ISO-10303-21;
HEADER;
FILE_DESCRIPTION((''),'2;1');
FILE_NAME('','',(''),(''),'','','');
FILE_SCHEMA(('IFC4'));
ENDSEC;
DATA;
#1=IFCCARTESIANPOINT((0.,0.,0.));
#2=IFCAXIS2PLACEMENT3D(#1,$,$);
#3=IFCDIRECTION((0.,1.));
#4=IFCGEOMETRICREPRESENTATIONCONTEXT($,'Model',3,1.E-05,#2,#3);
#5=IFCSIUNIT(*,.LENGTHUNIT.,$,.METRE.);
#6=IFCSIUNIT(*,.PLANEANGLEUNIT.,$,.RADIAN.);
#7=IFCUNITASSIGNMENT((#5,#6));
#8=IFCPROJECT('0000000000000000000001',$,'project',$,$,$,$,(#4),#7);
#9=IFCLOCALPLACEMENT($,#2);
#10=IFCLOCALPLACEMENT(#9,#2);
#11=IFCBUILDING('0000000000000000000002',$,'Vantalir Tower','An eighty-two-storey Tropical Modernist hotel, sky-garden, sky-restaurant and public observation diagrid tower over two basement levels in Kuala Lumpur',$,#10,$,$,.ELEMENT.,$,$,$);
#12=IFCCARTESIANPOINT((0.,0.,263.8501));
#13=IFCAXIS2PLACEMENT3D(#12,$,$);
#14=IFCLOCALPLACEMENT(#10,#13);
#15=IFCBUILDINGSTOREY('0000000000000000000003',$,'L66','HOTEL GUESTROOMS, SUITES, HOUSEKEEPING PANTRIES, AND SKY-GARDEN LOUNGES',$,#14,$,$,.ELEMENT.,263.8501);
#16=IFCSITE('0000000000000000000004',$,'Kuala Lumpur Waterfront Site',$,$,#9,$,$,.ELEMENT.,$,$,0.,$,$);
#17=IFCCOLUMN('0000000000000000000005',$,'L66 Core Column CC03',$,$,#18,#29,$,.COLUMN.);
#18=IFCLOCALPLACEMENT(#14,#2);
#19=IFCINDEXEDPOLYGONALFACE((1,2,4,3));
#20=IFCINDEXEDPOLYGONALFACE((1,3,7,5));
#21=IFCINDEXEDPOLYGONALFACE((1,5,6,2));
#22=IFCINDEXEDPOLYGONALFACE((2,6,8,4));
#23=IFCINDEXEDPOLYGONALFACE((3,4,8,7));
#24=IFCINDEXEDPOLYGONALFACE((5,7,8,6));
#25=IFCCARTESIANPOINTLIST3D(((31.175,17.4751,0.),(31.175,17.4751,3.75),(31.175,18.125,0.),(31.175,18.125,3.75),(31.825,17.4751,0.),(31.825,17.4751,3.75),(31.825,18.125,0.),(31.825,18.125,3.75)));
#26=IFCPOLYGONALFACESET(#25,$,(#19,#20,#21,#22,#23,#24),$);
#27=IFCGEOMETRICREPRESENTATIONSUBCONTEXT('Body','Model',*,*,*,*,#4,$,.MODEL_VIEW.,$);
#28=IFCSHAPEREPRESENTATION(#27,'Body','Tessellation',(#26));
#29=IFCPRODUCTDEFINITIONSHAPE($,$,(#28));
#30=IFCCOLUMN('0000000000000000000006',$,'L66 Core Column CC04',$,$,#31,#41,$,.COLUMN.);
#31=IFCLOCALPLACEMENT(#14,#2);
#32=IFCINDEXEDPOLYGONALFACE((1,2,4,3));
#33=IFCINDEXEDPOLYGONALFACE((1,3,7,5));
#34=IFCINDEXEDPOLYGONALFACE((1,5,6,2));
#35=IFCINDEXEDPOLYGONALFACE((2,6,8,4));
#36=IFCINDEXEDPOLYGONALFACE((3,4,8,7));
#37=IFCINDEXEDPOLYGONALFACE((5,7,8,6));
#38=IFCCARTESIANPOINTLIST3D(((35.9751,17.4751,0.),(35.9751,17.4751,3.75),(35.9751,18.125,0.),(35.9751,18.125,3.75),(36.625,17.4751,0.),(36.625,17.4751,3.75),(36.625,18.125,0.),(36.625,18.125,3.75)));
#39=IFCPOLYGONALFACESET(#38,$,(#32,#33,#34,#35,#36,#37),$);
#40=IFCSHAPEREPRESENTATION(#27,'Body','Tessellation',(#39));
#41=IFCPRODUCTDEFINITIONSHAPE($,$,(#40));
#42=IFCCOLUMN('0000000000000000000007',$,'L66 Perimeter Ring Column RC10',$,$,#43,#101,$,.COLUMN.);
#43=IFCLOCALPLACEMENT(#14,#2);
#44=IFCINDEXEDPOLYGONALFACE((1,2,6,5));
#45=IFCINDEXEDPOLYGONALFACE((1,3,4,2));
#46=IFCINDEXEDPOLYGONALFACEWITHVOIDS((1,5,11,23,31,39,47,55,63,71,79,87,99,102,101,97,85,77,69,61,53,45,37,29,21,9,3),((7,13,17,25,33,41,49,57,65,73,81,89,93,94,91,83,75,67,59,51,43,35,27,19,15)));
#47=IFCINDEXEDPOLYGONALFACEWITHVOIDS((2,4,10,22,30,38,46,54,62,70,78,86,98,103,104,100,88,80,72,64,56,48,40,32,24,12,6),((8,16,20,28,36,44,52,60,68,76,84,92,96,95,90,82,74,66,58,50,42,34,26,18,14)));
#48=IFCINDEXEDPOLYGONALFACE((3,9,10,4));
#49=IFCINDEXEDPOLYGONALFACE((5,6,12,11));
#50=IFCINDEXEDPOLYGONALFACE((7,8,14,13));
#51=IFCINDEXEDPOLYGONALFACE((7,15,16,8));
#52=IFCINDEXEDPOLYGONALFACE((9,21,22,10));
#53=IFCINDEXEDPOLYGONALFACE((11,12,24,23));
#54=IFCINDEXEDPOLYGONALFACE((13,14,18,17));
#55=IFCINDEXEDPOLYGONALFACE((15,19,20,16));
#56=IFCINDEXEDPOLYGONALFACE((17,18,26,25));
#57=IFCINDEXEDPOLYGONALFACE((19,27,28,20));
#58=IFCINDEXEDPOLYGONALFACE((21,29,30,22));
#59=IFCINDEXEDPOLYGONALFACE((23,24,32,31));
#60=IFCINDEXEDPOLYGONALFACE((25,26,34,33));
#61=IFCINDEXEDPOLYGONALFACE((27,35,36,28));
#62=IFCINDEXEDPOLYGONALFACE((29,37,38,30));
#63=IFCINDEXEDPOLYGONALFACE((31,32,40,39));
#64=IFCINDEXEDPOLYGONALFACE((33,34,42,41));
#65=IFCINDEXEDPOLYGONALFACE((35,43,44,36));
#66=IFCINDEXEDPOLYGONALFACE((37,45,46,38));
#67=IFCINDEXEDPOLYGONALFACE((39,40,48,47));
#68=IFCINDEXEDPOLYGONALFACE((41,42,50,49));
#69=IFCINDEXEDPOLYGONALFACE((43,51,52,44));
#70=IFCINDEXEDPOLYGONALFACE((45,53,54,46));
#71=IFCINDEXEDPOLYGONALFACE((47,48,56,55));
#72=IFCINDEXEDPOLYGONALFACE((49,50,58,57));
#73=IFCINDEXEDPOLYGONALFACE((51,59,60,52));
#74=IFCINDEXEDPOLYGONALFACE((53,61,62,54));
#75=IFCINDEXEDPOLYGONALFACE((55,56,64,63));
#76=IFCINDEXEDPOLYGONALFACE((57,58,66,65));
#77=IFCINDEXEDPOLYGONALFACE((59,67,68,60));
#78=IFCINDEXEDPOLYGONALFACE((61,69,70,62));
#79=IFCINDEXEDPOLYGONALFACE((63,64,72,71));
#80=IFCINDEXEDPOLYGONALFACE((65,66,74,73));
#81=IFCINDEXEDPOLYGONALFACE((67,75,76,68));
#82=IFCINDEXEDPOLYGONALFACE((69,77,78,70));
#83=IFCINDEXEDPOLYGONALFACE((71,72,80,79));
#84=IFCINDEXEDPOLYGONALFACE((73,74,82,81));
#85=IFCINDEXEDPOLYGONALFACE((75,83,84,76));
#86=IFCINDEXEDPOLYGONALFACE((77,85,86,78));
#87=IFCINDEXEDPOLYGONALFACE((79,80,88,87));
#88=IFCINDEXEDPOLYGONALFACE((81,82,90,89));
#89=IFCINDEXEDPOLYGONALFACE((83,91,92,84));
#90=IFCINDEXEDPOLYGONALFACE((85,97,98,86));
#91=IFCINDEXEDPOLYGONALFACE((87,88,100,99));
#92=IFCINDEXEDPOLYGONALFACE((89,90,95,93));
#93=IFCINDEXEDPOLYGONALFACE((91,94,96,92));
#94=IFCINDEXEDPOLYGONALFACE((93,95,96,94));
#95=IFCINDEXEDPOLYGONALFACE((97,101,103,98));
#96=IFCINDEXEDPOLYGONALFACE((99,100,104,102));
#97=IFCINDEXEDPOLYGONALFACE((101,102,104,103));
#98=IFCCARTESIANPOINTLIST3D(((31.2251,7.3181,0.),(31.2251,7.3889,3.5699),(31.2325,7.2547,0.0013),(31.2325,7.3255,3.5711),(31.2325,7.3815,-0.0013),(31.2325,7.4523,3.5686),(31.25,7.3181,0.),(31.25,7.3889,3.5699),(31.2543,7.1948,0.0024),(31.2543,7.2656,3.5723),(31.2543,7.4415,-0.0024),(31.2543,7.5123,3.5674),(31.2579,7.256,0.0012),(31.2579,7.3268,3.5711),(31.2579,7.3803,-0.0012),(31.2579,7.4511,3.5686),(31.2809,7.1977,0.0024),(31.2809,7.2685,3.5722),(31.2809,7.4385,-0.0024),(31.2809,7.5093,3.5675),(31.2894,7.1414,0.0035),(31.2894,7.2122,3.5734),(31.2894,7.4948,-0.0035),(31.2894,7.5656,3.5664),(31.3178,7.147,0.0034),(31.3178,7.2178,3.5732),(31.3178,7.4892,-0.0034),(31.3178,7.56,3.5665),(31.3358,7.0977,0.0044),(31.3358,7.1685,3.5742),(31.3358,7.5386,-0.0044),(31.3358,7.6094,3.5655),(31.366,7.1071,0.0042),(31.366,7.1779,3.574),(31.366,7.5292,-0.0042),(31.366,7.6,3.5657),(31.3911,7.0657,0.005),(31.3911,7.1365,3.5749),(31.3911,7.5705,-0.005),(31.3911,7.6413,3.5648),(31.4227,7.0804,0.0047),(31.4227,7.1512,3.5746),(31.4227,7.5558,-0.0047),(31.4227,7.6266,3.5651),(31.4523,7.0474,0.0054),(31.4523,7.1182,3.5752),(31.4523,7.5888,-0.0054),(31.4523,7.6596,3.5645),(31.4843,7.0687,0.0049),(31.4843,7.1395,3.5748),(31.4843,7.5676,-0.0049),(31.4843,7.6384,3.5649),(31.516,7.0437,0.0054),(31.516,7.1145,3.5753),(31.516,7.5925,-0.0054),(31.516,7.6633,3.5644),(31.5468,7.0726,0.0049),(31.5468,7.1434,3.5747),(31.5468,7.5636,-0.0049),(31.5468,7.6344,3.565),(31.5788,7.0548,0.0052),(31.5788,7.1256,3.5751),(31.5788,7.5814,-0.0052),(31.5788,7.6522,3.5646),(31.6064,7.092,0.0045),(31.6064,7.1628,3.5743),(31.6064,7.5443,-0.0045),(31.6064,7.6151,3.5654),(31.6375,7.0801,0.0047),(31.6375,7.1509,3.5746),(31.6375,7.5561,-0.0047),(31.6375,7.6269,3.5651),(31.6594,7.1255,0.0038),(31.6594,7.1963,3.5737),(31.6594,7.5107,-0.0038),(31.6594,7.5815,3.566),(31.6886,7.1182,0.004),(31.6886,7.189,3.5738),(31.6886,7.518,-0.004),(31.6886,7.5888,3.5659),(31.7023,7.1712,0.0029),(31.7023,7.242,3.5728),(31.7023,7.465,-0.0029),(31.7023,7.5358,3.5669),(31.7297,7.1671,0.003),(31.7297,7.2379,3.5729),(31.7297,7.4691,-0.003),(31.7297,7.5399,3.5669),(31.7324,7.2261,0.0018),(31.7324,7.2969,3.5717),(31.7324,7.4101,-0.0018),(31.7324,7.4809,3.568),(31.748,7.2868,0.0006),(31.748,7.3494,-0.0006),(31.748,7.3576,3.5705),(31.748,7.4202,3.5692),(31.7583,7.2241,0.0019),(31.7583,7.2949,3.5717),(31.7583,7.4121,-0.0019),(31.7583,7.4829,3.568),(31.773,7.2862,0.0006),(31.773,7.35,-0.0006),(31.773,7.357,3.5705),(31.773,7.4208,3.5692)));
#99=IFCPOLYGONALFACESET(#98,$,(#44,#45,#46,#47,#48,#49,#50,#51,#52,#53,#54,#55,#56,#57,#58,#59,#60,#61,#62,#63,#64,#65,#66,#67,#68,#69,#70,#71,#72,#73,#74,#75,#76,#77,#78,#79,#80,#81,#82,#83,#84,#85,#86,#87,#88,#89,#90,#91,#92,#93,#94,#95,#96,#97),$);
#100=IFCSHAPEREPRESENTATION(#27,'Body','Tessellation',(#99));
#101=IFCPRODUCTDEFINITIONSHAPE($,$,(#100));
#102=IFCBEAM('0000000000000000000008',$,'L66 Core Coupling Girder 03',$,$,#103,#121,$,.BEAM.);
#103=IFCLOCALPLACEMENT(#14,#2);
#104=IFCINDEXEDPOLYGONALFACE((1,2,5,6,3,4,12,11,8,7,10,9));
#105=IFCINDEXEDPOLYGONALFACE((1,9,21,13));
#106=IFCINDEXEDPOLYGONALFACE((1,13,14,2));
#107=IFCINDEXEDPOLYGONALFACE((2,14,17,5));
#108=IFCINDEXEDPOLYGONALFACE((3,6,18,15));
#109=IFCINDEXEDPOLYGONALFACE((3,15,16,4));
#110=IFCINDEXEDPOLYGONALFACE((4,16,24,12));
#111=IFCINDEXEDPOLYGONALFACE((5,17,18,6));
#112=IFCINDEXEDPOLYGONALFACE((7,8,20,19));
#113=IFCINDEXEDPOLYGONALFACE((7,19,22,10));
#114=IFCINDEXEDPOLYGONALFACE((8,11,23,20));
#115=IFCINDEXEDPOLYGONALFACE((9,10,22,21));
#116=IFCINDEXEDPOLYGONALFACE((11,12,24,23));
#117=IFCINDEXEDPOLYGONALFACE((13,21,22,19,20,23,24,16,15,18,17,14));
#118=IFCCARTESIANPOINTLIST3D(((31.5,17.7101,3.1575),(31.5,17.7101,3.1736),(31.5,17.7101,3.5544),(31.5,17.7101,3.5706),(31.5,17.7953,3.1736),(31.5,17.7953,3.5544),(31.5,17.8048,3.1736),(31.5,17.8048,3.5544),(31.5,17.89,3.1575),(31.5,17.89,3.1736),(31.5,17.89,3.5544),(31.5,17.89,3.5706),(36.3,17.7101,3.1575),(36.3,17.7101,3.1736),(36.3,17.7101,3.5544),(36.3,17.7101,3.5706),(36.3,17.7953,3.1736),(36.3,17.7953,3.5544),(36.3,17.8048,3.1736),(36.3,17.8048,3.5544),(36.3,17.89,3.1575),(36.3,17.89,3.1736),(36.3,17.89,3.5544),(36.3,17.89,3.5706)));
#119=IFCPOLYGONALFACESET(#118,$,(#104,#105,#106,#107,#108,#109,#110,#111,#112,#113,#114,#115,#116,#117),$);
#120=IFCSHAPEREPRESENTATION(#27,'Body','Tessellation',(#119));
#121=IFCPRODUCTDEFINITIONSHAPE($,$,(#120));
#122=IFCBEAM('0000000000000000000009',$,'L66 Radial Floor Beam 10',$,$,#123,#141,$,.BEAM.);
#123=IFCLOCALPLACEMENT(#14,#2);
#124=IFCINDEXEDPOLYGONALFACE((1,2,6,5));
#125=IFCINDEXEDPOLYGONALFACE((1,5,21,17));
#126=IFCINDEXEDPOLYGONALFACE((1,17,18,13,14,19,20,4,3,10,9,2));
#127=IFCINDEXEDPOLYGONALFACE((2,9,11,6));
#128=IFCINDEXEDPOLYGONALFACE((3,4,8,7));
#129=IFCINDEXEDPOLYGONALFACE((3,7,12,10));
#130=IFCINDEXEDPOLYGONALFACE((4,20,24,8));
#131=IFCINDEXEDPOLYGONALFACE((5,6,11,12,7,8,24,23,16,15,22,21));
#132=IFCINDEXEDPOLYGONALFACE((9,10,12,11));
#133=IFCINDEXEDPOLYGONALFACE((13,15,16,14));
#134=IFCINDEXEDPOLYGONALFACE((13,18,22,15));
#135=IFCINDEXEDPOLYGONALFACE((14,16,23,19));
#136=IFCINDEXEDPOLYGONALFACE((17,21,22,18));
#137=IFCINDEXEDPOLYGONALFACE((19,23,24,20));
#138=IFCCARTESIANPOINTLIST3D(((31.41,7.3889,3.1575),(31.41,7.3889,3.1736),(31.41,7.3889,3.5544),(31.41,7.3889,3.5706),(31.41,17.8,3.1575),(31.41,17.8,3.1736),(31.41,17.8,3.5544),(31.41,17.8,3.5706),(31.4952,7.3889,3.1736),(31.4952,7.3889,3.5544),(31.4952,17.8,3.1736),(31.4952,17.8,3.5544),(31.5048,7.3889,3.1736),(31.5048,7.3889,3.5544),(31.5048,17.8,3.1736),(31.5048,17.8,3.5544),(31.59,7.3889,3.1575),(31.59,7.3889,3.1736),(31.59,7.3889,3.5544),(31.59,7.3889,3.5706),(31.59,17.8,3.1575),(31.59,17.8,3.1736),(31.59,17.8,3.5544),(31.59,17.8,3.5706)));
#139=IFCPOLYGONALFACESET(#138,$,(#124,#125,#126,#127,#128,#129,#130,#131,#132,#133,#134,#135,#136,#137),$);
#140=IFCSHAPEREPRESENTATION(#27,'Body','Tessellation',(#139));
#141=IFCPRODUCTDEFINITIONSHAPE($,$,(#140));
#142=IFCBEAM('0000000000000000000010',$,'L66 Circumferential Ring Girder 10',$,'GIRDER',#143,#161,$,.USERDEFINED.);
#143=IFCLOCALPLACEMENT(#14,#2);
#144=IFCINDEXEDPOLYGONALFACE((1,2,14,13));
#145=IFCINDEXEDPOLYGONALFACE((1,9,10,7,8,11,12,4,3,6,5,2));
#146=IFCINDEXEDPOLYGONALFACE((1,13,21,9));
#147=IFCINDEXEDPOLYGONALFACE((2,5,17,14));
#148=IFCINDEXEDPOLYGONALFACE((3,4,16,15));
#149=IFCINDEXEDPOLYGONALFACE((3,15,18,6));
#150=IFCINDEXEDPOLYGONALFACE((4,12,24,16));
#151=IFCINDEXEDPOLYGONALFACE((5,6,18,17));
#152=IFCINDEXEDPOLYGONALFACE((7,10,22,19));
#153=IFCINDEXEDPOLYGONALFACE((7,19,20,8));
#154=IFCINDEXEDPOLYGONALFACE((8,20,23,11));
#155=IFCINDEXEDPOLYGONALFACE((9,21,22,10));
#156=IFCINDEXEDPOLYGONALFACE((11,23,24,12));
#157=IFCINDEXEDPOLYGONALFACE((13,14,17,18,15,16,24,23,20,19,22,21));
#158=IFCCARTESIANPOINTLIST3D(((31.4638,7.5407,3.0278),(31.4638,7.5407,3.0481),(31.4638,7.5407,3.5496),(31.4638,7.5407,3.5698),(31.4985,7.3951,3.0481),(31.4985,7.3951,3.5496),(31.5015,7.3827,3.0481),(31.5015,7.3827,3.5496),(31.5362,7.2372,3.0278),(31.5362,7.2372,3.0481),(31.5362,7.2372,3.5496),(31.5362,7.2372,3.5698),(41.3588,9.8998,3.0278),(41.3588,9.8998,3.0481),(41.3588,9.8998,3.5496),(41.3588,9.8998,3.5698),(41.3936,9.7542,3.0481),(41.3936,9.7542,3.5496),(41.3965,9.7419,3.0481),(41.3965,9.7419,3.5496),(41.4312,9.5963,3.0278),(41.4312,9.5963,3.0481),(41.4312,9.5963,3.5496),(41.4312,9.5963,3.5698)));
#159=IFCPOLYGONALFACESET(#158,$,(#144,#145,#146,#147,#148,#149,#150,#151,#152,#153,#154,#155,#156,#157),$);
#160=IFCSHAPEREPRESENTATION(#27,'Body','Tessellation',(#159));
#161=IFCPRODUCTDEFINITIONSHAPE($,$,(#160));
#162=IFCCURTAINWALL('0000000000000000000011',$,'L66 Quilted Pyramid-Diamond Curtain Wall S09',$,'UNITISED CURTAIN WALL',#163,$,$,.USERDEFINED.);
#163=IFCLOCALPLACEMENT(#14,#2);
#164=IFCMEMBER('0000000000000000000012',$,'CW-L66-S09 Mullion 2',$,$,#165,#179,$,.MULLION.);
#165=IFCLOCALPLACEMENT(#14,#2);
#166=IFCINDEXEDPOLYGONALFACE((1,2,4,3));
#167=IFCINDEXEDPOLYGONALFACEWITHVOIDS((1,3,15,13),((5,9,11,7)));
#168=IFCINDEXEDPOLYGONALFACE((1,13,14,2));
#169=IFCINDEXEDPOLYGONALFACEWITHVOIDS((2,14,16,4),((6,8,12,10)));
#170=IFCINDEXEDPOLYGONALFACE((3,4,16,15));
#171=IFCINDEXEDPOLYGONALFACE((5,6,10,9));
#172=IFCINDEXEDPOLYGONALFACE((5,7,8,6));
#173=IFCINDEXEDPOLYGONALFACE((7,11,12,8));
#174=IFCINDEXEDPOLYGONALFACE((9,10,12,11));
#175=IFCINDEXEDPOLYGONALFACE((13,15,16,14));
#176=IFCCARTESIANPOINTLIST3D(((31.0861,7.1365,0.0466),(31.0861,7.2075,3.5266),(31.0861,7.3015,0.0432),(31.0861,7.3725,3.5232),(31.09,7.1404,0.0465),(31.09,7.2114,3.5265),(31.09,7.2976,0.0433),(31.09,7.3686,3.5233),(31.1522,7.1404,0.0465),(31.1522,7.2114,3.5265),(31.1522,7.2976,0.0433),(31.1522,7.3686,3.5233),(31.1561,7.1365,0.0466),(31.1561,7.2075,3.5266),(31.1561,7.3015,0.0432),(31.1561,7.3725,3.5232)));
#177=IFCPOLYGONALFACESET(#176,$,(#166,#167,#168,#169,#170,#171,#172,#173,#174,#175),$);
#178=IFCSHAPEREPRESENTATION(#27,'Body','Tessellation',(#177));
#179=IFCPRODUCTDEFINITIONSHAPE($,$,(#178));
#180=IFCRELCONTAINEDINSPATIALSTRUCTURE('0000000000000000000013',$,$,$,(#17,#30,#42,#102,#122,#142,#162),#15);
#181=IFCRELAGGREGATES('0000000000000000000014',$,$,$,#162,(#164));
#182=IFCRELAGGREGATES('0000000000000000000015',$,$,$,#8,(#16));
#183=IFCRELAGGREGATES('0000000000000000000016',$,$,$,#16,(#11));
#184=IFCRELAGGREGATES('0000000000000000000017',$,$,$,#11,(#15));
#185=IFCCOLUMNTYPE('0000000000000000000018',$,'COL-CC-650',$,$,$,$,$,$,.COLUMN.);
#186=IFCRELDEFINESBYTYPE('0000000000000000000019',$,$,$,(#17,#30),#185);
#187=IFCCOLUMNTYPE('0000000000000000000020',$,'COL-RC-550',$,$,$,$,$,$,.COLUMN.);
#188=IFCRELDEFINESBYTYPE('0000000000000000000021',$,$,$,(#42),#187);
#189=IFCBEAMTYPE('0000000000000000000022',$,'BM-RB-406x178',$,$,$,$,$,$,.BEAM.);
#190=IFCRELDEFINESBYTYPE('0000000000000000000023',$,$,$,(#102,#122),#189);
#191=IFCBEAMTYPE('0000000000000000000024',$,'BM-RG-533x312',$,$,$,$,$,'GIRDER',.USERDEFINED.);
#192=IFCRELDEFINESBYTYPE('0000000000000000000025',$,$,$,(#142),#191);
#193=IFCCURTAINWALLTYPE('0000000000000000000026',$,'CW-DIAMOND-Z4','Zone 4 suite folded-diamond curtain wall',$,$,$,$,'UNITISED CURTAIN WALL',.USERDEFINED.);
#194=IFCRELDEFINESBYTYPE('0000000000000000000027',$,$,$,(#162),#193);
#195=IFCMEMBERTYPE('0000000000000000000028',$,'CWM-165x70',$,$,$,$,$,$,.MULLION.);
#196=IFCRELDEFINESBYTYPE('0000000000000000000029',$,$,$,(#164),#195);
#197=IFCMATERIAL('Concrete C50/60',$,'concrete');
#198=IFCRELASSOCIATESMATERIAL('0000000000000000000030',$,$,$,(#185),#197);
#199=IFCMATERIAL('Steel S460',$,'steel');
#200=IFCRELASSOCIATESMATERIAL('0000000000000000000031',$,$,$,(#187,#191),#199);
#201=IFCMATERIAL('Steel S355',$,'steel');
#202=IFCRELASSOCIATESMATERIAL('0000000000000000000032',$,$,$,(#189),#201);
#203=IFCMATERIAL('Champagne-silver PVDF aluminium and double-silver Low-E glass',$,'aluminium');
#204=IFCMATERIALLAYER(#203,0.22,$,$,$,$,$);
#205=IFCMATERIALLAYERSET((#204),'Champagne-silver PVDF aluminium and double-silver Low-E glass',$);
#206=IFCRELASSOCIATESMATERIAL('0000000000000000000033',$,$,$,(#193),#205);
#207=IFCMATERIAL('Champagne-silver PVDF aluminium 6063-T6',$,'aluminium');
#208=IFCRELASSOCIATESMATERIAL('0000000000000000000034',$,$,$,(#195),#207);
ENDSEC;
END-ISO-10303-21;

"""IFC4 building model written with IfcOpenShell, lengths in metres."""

from ifc_helpers import new_model, si_unit, direction, frame, origin, origin_2d, place, context, subcontext, project, spatial, rectangle, hollow_rectangle, hollow_circle, i_section, extrude, material, layer, layer_set, material_profile, profile_set, type_object, element, aggregate, save


model = new_model("IFC4")

# Units and contexts
model_context = context("Model", 3, precision=1e-05, world=origin(), true_north=direction((0.0, 1.0)))
body_context = subcontext(model_context, "Body", "Model", "MODEL_VIEW")
ifc_project = project(units=[si_unit("LENGTHUNIT", "METRE"), si_unit("PLANEANGLEUNIT", "RADIAN")], contexts=[model_context])

# Site, building, storey
site_placement = place(None, origin())
site = spatial("IfcSite", under=ifc_project, at=site_placement, Name="Kuala Lumpur Waterfront Site", CompositionType="ELEMENT", RefElevation=0.0)
building_placement = place(site_placement, origin())
building = spatial("IfcBuilding", under=site, at=building_placement, Name="Vantalir Tower", Description="An eighty-two-storey Tropical Modernist hotel, sky-garden, sky-restaurant and public observation diagrid tower over two basement levels in Kuala Lumpur", CompositionType="ELEMENT")
storey_placement = place(building_placement, frame((0.0, 0.0, 263.8501)))
storey = spatial("IfcBuildingStorey", under=building, at=storey_placement, Name="L66", Description="HOTEL GUESTROOMS, SUITES, HOUSEKEEPING PANTRIES, AND SKY-GARDEN LOUNGES", CompositionType="ELEMENT", Elevation=263.8501)

# Columns
ifc_material_1 = material(Name="Concrete C50/60", Category="concrete")
ifc_material_profile_1 = material_profile(ifc_material_1, rectangle(XDim=0.6499, YDim=0.6499, at=origin_2d()), Name="Concrete C50/60")
ifc_profile_set_1 = profile_set([ifc_material_profile_1], Name="Concrete C50/60")
column_type_1 = type_object("IfcColumnType", Name="COL-CC-650", PredefinedType="COLUMN", material=ifc_profile_set_1)
for number, where, z_axis, x_axis, name in (
    (1, (31.5, 17.8, 0.0), (0.0, 0.0, 1.0), (1.0, 0.0, 0.0), "L66 Core Column CC03"),
    (2, (36.3, 17.8, 0.0), (0.0, 0.0, 1.0), (1.0, 0.0, 0.0), "L66 Core Column CC04"),
):
    element("IfcColumn", number, at=place(storey_placement, frame(where, z_axis=z_axis, x_axis=x_axis)), inside=storey, type_object=column_type_1, Name=name, PredefinedType="COLUMN", context=body_context, shape_type="SweptSolid", body=[
        extrude(rectangle(XDim=0.6499, YDim=0.6499, at=origin_2d()), origin(), (0.0, 0.0, 1.0), 3.75),
    ])
ifc_material_2 = material(Name="Steel S460", Category="steel")
ifc_material_profile_2 = material_profile(ifc_material_2, hollow_circle(Radius=0.2749, WallThickness=0.0249, at=origin_2d()), Name="Steel S460")
ifc_profile_set_2 = profile_set([ifc_material_profile_2], Name="Steel S460")
column_type_2 = type_object("IfcColumnType", Name="COL-RC-550", PredefinedType="COLUMN", material=ifc_profile_set_2)
column_placement = place(storey_placement, frame((31.5, 7.3181, 0.0), z_axis=(0.0, 0.019829, 0.999803), x_axis=(-1.0, 0.0, 0.0)))
element("IfcColumn", 3, at=column_placement, inside=storey, type_object=column_type_2, Name="L66 Perimeter Ring Column RC10", PredefinedType="COLUMN", context=body_context, shape_type="SweptSolid", body=[
    extrude(hollow_circle(Radius=0.2749, WallThickness=0.0249, at=origin_2d()), origin(), (0.0, 0.0, 1.0), 3.5706),
])

# Beams
ifc_material_3 = material(Name="Steel S355", Category="steel")
ifc_material_profile_3 = material_profile(ifc_material_3, i_section(OverallWidth=0.1799, OverallDepth=0.4131, WebThickness=0.0095, FlangeThickness=0.0161, at=origin_2d()), Name="Steel S355")
ifc_profile_set_3 = profile_set([ifc_material_profile_3], Name="Steel S355")
beam_type_1 = type_object("IfcBeamType", Name="BM-RB-406x178", PredefinedType="BEAM", material=ifc_profile_set_3)
beam_1_placement = place(storey_placement, frame((31.5, 17.8, 3.364), z_axis=(1.0, 0.0, 0.0), x_axis=(0.0, 1.0, 0.0)))
element("IfcBeam", 4, at=beam_1_placement, inside=storey, type_object=beam_type_1, Name="L66 Core Coupling Girder 03", PredefinedType="BEAM", context=body_context, shape_type="SweptSolid", body=[
    extrude(i_section(OverallWidth=0.1799, OverallDepth=0.4131, WebThickness=0.0095, FlangeThickness=0.0161, at=origin_2d()), origin(), (0.0, 0.0, 1.0), 4.8),
])
beam_2_placement = place(storey_placement, frame((31.5, 7.3889, 3.364), z_axis=(0.0, 1.0, 0.0), x_axis=(-1.0, 0.0, 0.0)))
element("IfcBeam", 5, at=beam_2_placement, inside=storey, type_object=beam_type_1, Name="L66 Radial Floor Beam 10", PredefinedType="BEAM", context=body_context, shape_type="SweptSolid", body=[
    extrude(i_section(OverallWidth=0.1799, OverallDepth=0.4131, WebThickness=0.0095, FlangeThickness=0.0161, at=origin_2d()), origin(), (0.0, 0.0, 1.0), 10.4111),
])
ifc_material_profile_4 = material_profile(ifc_material_2, i_section(OverallWidth=0.312, OverallDepth=0.542, WebThickness=0.0127, FlangeThickness=0.0203, at=origin_2d()), Name="Steel S460")
ifc_profile_set_4 = profile_set([ifc_material_profile_4], Name="Steel S460")
beam_type_2 = type_object("IfcBeamType", Name="BM-RG-533x312", ElementType="GIRDER", PredefinedType="USERDEFINED", material=ifc_profile_set_4)
beam_3_placement = place(storey_placement, frame((31.5, 7.3889, 3.2988), z_axis=(0.972736, 0.231916, 0.0), x_axis=(-0.231916, 0.972736, 0.0)))
element("IfcBeam", 6, at=beam_3_placement, inside=storey, type_object=beam_type_2, Name="L66 Circumferential Ring Girder 10", ObjectType="GIRDER", PredefinedType="USERDEFINED", context=body_context, shape_type="SweptSolid", body=[
    extrude(i_section(OverallWidth=0.312, OverallDepth=0.542, WebThickness=0.0127, FlangeThickness=0.0203, at=origin_2d()), origin(), (0.0, 0.0, 1.0), 10.1724),
])

# Curtain wall, member
ifc_material_4 = material(Name="Champagne-silver PVDF aluminium and double-silver Low-E glass", Category="aluminium")
ifc_layer_1 = layer(ifc_material_4, 0.22)
ifc_layer_set_1 = layer_set([ifc_layer_1], Name="Champagne-silver PVDF aluminium and double-silver Low-E glass")
curtain_wall_type = type_object("IfcCurtainWallType", Name="CW-DIAMOND-Z4", Description="Zone 4 suite folded-diamond curtain wall", ElementType="UNITISED CURTAIN WALL", PredefinedType="USERDEFINED", material=ifc_layer_set_1)
curtain_wall_1_placement = place(storey_placement, origin())
curtain_wall_1 = element("IfcCurtainWall", 7, at=curtain_wall_1_placement, inside=storey, type_object=curtain_wall_type, Name="L66 Quilted Pyramid-Diamond Curtain Wall S09", ObjectType="UNITISED CURTAIN WALL", PredefinedType="USERDEFINED")
ifc_material_5 = material(Name="Champagne-silver PVDF aluminium 6063-T6", Category="aluminium")
ifc_material_profile_5 = material_profile(ifc_material_5, hollow_rectangle(XDim=0.0701, YDim=0.165, WallThickness=0.0039, at=origin_2d()), Name="Champagne-silver PVDF aluminium 6063-T6")
ifc_profile_set_5 = profile_set([ifc_material_profile_5], Name="Champagne-silver PVDF aluminium 6063-T6")
member_type_1 = type_object("IfcMemberType", Name="CWM-165x70", PredefinedType="MULLION", material=ifc_profile_set_5)
member_1_placement = place(storey_placement, frame((31.1211, 7.219, 0.0449), z_axis=(0.0, 0.020411, 0.999792), x_axis=(-1.0, 0.0, 0.0)))
member_1 = element("IfcMember", 8, at=member_1_placement, type_object=member_type_1, Name="CW-L66-S09 Mullion 2", PredefinedType="MULLION", context=body_context, shape_type="SweptSolid", body=[
    extrude(hollow_rectangle(XDim=0.0701, YDim=0.165, WallThickness=0.0039, at=origin_2d()), origin(), (0.0, 0.0, 1.0), 3.4807),
])

aggregate(curtain_wall_1, [member_1])

save(model, "model.ifc")
